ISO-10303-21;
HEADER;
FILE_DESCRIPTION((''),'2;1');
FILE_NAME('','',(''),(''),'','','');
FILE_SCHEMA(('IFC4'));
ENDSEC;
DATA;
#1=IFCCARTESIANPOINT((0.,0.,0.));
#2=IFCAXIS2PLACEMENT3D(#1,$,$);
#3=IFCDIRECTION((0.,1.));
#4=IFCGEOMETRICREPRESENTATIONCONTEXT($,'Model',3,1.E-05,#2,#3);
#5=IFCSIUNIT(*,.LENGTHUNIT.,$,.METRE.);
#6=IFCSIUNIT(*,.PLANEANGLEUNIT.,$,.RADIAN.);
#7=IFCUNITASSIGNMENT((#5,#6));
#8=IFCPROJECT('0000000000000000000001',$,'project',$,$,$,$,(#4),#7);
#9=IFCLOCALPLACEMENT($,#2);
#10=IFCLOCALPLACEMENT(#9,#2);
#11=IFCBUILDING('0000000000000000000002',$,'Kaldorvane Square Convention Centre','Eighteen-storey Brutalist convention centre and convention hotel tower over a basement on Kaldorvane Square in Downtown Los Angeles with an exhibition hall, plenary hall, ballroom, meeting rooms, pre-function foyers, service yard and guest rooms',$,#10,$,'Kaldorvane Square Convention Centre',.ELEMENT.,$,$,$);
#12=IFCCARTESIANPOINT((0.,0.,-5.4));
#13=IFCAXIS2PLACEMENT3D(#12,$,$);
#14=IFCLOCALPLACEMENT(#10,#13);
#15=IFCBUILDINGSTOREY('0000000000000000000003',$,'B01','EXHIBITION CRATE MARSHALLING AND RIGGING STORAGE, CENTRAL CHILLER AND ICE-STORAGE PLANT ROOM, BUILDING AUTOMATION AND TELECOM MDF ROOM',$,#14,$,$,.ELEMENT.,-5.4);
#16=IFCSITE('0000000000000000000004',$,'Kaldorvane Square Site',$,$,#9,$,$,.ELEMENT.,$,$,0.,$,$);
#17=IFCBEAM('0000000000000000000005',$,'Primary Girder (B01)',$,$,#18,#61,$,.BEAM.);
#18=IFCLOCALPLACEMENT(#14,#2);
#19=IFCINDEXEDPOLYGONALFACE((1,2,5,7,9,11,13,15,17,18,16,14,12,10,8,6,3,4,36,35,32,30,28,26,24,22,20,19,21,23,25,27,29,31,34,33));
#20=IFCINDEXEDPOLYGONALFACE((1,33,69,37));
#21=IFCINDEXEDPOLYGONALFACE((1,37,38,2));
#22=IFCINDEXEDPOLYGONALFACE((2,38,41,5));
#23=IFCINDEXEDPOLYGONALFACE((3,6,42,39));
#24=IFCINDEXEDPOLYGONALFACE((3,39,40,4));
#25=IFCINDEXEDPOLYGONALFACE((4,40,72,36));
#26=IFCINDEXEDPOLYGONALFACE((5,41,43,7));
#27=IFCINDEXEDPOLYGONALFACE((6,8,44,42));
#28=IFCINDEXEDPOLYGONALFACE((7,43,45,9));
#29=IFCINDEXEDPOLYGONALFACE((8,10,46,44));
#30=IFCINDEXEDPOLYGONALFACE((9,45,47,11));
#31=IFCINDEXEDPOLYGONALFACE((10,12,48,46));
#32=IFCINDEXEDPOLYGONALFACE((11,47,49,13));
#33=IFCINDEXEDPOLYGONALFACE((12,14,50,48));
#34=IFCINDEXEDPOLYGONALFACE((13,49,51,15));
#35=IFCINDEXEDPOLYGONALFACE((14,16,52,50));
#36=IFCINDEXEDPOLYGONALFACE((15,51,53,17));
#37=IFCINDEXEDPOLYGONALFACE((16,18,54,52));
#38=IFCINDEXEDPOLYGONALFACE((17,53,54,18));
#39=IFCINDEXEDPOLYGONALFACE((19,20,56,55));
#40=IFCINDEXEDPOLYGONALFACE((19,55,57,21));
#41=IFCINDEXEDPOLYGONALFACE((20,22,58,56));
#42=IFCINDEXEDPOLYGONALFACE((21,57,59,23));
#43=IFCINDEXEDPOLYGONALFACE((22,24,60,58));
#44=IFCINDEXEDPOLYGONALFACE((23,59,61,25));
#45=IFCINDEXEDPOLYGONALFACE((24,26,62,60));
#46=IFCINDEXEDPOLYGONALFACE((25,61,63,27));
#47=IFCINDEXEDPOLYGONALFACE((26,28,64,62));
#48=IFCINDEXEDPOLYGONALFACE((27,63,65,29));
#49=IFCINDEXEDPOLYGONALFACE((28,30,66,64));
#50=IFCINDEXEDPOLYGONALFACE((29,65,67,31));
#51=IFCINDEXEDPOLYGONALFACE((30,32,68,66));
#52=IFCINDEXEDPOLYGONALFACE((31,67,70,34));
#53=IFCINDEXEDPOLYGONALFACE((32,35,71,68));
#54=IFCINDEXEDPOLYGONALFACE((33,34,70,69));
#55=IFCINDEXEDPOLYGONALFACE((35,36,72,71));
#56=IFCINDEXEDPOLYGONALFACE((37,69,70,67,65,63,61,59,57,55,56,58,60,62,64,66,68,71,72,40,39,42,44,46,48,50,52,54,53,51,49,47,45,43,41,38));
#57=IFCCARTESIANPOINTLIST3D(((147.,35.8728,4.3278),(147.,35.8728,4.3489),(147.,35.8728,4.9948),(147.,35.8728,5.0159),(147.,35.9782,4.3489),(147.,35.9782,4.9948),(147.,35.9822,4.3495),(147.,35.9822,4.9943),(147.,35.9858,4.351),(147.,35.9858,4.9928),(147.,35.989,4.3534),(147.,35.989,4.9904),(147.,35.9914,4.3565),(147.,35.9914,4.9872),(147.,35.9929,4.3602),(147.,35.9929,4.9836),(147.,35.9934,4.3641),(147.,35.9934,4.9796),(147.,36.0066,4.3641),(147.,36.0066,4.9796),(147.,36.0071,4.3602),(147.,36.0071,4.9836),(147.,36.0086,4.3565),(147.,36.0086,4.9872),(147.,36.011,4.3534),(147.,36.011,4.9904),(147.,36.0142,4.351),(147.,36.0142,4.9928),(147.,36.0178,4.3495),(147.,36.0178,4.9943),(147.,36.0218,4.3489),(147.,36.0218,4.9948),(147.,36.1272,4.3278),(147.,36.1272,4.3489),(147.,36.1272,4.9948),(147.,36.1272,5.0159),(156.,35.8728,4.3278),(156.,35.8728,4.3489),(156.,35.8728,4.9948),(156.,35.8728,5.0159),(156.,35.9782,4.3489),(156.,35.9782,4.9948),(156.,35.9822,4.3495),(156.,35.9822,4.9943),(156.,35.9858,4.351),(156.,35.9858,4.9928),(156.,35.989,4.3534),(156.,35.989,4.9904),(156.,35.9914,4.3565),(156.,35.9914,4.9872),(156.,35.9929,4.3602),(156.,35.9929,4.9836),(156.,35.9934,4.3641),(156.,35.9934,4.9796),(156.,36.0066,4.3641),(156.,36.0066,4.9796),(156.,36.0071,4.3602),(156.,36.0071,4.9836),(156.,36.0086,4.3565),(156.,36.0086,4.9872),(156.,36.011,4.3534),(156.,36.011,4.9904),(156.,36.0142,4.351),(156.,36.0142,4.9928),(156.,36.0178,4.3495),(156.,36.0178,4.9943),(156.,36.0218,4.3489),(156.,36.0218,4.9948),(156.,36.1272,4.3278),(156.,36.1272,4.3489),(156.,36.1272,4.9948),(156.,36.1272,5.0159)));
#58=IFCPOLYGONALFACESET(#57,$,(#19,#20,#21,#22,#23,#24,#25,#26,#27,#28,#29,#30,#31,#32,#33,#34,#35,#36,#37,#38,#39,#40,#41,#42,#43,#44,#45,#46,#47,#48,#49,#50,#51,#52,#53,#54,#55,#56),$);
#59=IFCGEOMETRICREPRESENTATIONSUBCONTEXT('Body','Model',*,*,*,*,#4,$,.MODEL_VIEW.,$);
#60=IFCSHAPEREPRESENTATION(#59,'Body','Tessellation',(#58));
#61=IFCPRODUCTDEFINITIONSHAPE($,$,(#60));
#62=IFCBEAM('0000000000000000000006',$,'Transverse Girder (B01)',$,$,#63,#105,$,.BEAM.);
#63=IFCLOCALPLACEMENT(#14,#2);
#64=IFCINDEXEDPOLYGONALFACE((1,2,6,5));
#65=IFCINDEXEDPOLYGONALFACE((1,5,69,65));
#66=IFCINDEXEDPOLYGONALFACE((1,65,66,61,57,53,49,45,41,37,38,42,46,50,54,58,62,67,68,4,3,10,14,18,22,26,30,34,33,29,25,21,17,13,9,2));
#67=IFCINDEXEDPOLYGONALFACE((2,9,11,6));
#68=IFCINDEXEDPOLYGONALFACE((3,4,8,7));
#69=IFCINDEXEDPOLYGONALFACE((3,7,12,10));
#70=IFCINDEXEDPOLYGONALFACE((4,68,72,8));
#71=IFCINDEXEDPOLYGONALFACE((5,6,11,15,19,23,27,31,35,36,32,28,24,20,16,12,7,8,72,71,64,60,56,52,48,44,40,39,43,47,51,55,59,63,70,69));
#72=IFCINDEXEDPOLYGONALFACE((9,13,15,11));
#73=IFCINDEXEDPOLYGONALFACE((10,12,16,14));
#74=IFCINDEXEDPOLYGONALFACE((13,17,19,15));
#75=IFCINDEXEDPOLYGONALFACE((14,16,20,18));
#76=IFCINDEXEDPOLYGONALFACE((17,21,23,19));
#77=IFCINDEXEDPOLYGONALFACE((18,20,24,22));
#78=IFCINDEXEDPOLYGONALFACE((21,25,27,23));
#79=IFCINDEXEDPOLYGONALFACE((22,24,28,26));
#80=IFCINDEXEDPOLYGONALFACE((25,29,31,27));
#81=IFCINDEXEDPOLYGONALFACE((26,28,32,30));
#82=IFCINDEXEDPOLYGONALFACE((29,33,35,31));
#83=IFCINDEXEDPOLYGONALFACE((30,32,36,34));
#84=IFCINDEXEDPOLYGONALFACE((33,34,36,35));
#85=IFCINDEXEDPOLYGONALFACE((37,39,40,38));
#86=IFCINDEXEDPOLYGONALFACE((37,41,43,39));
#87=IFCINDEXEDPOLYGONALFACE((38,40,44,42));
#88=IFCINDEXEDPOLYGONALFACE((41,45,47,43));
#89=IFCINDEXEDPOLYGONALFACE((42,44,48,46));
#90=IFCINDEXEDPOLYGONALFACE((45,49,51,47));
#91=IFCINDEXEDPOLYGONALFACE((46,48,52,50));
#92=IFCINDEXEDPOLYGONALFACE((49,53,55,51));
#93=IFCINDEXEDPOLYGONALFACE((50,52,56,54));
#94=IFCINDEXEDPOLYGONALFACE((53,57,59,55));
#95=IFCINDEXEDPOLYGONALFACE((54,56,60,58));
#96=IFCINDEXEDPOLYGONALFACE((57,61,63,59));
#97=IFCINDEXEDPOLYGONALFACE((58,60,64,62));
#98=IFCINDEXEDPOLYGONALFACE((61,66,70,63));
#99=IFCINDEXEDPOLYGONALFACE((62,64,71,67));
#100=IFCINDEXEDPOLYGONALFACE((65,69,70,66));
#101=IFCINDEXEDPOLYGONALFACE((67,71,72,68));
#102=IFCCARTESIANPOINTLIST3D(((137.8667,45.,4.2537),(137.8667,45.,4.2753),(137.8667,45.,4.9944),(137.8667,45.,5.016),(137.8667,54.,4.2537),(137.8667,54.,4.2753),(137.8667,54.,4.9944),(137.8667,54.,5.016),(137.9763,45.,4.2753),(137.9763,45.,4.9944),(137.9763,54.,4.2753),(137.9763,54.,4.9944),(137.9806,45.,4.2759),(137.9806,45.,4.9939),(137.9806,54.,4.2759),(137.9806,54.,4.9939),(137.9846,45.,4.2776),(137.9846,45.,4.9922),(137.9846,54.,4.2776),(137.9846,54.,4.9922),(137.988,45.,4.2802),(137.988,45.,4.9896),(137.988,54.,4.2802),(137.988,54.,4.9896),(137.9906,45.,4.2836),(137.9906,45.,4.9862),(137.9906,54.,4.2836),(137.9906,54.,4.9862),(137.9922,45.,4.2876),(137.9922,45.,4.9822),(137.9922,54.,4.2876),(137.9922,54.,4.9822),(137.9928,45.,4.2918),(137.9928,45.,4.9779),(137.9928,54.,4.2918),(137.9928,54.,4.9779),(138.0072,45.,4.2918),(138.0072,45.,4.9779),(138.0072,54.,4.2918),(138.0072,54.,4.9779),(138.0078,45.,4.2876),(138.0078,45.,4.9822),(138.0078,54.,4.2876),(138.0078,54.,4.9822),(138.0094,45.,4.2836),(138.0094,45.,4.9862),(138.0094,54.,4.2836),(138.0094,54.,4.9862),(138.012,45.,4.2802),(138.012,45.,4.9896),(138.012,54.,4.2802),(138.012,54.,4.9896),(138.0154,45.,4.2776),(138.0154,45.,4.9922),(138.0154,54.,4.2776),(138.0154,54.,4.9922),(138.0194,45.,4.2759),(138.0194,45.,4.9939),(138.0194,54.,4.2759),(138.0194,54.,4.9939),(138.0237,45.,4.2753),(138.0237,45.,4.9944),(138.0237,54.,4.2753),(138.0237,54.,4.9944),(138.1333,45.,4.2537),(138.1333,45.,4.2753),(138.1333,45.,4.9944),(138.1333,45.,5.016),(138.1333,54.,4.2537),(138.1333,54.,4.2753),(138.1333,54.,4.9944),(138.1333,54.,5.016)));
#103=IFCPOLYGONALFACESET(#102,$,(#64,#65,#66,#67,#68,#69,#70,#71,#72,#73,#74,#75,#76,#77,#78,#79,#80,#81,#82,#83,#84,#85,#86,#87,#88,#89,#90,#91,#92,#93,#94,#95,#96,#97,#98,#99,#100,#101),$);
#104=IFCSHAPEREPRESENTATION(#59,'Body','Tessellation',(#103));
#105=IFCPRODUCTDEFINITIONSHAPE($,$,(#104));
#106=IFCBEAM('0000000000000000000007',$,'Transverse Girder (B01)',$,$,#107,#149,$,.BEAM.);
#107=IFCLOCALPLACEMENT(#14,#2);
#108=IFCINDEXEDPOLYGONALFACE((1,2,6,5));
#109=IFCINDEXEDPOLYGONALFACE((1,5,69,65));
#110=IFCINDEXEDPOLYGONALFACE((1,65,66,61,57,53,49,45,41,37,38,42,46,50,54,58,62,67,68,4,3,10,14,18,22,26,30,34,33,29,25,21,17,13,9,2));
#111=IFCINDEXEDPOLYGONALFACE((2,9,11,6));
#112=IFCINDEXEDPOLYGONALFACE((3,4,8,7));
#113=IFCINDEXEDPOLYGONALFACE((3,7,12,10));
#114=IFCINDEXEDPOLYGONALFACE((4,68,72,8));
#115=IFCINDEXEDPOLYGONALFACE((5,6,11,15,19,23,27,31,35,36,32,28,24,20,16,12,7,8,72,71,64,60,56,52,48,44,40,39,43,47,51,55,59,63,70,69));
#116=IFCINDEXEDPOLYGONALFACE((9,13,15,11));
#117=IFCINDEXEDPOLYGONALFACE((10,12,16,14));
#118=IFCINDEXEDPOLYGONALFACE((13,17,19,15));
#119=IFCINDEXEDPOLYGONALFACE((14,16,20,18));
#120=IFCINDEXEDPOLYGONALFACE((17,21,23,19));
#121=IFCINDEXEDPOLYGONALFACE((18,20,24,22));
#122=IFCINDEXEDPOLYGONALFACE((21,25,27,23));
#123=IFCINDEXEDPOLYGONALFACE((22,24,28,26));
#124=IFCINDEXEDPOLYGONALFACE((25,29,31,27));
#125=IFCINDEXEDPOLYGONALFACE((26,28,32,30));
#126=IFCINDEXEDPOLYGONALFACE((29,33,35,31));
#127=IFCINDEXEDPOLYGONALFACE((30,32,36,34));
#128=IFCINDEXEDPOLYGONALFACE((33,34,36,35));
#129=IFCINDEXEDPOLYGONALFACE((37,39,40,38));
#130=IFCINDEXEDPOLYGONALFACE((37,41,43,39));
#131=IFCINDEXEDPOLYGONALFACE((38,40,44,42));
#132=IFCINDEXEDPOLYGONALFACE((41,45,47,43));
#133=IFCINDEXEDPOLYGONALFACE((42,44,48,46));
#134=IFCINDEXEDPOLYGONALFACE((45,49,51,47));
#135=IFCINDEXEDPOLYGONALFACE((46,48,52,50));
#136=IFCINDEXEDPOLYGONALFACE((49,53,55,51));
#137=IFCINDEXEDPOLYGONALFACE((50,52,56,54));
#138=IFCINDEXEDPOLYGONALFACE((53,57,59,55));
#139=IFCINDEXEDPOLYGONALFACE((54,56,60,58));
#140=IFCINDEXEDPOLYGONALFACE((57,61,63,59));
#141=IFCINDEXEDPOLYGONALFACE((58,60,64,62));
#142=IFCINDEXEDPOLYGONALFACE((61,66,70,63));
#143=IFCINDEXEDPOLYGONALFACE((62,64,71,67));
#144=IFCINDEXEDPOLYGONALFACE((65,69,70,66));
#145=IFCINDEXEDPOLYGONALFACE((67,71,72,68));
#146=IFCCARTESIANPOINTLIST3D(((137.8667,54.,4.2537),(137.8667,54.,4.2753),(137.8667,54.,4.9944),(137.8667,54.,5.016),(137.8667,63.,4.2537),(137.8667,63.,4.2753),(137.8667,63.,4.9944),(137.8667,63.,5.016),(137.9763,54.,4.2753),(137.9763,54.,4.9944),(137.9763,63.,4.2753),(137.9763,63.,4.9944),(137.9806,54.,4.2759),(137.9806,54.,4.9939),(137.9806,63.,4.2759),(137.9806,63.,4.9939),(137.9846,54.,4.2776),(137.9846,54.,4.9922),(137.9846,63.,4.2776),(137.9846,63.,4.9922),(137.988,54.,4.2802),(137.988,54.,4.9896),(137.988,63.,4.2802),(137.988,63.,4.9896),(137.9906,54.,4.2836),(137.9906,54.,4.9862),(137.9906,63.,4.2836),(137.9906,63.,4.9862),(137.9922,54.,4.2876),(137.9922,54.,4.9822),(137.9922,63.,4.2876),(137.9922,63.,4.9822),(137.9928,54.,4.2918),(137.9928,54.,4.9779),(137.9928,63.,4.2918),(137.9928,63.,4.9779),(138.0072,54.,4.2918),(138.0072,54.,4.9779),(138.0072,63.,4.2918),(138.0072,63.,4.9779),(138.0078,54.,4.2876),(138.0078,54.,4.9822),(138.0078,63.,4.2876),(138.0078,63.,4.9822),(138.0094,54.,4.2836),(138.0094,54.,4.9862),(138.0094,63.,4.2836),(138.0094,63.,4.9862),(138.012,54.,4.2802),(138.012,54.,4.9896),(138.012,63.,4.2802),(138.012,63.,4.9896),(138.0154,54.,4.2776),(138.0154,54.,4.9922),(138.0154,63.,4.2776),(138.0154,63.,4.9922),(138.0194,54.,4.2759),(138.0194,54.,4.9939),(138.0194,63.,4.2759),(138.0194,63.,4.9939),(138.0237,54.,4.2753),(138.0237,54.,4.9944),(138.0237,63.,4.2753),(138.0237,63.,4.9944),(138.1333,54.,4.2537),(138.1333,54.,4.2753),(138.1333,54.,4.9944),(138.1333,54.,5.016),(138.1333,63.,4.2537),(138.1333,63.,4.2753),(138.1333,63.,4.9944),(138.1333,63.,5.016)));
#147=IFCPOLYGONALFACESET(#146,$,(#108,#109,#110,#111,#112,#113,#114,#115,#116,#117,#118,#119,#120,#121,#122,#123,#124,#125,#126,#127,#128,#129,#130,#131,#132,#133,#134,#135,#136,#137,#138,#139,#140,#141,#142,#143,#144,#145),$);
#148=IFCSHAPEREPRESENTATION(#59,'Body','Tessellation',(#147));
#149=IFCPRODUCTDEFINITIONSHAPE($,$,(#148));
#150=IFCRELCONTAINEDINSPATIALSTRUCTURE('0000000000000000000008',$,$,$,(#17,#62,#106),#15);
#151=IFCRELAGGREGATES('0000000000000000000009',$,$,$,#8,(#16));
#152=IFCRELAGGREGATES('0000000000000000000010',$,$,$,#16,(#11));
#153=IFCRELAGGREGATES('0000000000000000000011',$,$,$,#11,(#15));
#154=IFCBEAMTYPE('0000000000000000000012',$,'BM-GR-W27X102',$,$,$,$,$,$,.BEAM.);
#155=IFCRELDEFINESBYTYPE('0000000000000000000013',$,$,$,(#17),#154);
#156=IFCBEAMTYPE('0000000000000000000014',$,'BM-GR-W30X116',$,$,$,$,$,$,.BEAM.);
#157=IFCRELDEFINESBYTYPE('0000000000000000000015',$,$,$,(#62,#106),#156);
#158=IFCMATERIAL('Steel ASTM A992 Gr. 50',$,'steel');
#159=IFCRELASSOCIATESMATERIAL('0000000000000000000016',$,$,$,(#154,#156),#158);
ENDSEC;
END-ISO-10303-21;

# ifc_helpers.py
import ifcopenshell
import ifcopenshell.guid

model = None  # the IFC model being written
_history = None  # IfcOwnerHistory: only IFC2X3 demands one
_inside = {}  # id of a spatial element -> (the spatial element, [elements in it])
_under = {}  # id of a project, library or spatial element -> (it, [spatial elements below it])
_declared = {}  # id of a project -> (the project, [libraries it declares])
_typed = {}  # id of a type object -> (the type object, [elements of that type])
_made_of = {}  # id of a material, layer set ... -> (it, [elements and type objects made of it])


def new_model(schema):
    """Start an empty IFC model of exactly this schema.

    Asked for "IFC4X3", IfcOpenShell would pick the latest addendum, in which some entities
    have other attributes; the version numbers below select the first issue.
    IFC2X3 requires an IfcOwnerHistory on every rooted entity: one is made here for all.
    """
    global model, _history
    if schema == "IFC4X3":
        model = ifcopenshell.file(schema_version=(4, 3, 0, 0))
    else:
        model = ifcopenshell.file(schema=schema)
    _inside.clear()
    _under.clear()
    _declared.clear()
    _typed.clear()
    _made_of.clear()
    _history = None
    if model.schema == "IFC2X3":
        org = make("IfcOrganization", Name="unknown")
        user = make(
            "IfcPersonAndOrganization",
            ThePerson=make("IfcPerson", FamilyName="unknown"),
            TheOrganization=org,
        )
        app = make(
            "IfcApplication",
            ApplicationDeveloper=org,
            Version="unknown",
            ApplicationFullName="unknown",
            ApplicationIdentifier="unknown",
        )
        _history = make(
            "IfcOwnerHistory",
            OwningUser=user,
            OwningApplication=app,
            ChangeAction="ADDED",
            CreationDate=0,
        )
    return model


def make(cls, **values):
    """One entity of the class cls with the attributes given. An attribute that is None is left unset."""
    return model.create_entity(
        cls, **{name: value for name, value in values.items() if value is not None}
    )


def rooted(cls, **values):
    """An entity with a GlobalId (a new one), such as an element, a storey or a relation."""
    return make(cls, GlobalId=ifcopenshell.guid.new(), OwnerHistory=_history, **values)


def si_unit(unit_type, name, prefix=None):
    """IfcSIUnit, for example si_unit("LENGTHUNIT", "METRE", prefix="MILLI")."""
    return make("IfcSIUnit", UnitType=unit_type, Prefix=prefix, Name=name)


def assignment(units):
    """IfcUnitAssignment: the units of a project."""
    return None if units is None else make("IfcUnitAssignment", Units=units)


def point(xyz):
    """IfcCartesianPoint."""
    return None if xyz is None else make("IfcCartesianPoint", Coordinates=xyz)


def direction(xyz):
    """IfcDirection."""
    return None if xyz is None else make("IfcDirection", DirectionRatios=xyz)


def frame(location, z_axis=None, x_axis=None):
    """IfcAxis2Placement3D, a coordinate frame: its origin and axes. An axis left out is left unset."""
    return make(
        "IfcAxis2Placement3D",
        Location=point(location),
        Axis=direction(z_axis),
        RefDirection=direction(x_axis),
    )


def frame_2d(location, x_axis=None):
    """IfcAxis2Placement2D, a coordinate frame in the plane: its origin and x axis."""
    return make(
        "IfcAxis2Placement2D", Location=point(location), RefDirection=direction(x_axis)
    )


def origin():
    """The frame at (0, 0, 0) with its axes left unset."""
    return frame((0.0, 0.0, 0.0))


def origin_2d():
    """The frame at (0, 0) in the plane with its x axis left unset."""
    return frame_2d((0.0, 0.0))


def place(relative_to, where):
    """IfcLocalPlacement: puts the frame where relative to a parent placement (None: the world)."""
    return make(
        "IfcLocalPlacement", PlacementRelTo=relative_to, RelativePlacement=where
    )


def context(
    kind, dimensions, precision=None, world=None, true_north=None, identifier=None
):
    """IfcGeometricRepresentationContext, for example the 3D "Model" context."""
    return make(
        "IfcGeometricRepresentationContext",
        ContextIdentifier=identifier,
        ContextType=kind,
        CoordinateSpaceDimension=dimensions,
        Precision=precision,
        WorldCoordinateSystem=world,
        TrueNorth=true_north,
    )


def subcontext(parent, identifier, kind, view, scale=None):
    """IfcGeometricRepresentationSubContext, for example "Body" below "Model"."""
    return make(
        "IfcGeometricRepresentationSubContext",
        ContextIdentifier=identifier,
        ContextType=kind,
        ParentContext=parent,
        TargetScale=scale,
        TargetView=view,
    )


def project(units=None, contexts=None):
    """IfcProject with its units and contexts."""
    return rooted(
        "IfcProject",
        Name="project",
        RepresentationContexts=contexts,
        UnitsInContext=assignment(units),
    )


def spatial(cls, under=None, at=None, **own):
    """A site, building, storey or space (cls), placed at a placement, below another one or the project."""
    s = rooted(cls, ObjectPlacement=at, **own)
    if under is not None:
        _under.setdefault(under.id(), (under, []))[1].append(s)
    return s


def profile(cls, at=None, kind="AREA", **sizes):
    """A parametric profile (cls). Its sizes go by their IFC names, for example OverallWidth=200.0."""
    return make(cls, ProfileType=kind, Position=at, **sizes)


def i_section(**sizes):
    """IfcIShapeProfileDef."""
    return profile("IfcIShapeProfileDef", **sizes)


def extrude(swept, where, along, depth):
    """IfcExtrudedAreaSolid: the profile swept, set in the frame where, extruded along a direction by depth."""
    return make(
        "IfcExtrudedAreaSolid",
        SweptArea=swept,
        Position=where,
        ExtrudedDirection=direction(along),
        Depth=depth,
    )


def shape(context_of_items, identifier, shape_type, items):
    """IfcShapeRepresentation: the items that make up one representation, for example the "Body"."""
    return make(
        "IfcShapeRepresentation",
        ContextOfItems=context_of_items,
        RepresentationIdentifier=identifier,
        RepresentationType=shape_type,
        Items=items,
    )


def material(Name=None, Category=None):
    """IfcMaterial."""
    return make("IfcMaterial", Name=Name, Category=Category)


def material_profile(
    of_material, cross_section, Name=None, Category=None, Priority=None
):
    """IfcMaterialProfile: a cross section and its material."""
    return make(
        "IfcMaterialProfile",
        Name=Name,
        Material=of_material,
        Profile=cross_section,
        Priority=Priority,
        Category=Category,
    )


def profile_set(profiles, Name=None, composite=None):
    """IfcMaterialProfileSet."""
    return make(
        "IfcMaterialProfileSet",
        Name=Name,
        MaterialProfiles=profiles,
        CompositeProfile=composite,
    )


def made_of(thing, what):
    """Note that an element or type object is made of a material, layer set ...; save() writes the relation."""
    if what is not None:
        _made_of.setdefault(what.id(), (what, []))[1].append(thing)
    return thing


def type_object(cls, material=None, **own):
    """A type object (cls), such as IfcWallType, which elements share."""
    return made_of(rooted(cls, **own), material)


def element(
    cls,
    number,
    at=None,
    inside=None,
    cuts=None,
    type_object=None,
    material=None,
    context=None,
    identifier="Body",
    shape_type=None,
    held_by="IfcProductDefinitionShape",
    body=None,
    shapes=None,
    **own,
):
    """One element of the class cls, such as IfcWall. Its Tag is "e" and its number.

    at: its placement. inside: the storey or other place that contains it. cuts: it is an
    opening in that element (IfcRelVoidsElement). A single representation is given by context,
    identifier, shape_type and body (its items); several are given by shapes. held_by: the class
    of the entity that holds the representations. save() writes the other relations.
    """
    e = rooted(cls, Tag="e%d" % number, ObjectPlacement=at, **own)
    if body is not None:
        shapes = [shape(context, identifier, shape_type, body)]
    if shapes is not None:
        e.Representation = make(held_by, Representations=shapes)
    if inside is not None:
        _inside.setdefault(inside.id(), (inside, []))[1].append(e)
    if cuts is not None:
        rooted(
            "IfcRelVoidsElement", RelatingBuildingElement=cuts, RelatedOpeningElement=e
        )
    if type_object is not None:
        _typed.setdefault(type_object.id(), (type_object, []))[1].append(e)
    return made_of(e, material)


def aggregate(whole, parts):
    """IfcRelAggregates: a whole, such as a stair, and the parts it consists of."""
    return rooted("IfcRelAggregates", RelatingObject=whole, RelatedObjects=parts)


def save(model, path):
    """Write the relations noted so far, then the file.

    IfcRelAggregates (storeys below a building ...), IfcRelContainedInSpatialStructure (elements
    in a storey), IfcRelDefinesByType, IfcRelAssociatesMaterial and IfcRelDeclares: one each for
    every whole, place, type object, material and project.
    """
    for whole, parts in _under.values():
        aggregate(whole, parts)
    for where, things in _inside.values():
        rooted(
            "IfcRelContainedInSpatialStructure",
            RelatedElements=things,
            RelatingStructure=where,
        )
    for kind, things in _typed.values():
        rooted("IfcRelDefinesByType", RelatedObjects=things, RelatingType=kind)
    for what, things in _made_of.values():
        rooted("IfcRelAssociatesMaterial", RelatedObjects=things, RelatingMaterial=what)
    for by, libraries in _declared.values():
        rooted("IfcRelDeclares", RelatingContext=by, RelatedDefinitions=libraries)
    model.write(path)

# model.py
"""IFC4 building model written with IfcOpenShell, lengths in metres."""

from ifc_helpers import new_model, si_unit, direction, frame, origin, origin_2d, place, context, subcontext, project, spatial, i_section, extrude, material, material_profile, profile_set, type_object, element, save


model = new_model("IFC4")

# Units and contexts
model_context = context("Model", 3, precision=1e-05, world=origin(), true_north=direction((0.0, 1.0)))
body_context = subcontext(model_context, "Body", "Model", "MODEL_VIEW")
ifc_project = project(units=[si_unit("LENGTHUNIT", "METRE"), si_unit("PLANEANGLEUNIT", "RADIAN")], contexts=[model_context])

# Site, building, storey
site_placement = place(None, origin())
site = spatial("IfcSite", under=ifc_project, at=site_placement, Name="Kaldorvane Square Site", CompositionType="ELEMENT", RefElevation=0.0)
building_placement = place(site_placement, origin())
building = spatial("IfcBuilding", under=site, at=building_placement, Name="Kaldorvane Square Convention Centre", Description="Eighteen-storey Brutalist convention centre and convention hotel tower over a basement on Kaldorvane Square in Downtown Los Angeles with an exhibition hall, plenary hall, ballroom, meeting rooms, pre-function foyers, service yard and guest rooms", LongName="Kaldorvane Square Convention Centre", CompositionType="ELEMENT")
storey_placement = place(building_placement, frame((0.0, 0.0, -5.4)))
storey = spatial("IfcBuildingStorey", under=building, at=storey_placement, Name="B01", Description="EXHIBITION CRATE MARSHALLING AND RIGGING STORAGE, CENTRAL CHILLER AND ICE-STORAGE PLANT ROOM, BUILDING AUTOMATION AND TELECOM MDF ROOM", CompositionType="ELEMENT", Elevation=-5.4)

# Shared definitions
ifc_material_1 = material(Name="Steel ASTM A992 Gr. 50", Category="steel")

# Beams
ifc_material_profile_1 = material_profile(ifc_material_1, i_section(OverallWidth=0.2544, OverallDepth=0.6881, WebThickness=0.0131, FlangeThickness=0.0211, FilletRadius=0.0152, at=origin_2d()), Name="W27X102")
ifc_profile_set_1 = profile_set([ifc_material_profile_1], Name="Steel ASTM A992 Gr. 50")
beam_type_1 = type_object("IfcBeamType", Name="BM-GR-W27X102", PredefinedType="BEAM", material=ifc_profile_set_1)
beam_placement = place(storey_placement, frame((147.0, 36.0, 4.6719), z_axis=(1.0, 0.0, 0.0), x_axis=(0.0, 1.0, 0.0)))
element("IfcBeam", 1, at=beam_placement, inside=storey, type_object=beam_type_1, Name="Primary Girder (B01)", PredefinedType="BEAM", context=body_context, shape_type="SweptSolid", body=[
    extrude(i_section(OverallWidth=0.2544, OverallDepth=0.6881, WebThickness=0.0131, FlangeThickness=0.0211, FilletRadius=0.0152, at=origin_2d()), origin(), (0.0, 0.0, 1.0), 9.0),
])
ifc_material_profile_2 = material_profile(ifc_material_1, i_section(OverallWidth=0.2666, OverallDepth=0.7623, WebThickness=0.0144, FlangeThickness=0.0216, FilletRadius=0.0165, at=origin_2d()), Name="W30X116")
ifc_profile_set_2 = profile_set([ifc_material_profile_2], Name="Steel ASTM A992 Gr. 50")
beam_type_2 = type_object("IfcBeamType", Name="BM-GR-W30X116", PredefinedType="BEAM", material=ifc_profile_set_2)
for number, where, z_axis, x_axis, name in (
    (2, (138.0, 45.0, 4.6349), (0.0, 1.0, 0.0), (-1.0, 0.0, 0.0), "Transverse Girder (B01)"),
    (3, (138.0, 54.0, 4.6349), (0.0, 1.0, 0.0), (-1.0, 0.0, 0.0), "Transverse Girder (B01)"),
):
    element("IfcBeam", number, at=place(storey_placement, frame(where, z_axis=z_axis, x_axis=x_axis)), inside=storey, type_object=beam_type_2, Name=name, PredefinedType="BEAM", context=body_context, shape_type="SweptSolid", body=[
        extrude(i_section(OverallWidth=0.2666, OverallDepth=0.7623, WebThickness=0.0144, FlangeThickness=0.0216, FilletRadius=0.0165, at=origin_2d()), origin(), (0.0, 0.0, 1.0), 9.0),
    ])

save(model, "model.ifc")
